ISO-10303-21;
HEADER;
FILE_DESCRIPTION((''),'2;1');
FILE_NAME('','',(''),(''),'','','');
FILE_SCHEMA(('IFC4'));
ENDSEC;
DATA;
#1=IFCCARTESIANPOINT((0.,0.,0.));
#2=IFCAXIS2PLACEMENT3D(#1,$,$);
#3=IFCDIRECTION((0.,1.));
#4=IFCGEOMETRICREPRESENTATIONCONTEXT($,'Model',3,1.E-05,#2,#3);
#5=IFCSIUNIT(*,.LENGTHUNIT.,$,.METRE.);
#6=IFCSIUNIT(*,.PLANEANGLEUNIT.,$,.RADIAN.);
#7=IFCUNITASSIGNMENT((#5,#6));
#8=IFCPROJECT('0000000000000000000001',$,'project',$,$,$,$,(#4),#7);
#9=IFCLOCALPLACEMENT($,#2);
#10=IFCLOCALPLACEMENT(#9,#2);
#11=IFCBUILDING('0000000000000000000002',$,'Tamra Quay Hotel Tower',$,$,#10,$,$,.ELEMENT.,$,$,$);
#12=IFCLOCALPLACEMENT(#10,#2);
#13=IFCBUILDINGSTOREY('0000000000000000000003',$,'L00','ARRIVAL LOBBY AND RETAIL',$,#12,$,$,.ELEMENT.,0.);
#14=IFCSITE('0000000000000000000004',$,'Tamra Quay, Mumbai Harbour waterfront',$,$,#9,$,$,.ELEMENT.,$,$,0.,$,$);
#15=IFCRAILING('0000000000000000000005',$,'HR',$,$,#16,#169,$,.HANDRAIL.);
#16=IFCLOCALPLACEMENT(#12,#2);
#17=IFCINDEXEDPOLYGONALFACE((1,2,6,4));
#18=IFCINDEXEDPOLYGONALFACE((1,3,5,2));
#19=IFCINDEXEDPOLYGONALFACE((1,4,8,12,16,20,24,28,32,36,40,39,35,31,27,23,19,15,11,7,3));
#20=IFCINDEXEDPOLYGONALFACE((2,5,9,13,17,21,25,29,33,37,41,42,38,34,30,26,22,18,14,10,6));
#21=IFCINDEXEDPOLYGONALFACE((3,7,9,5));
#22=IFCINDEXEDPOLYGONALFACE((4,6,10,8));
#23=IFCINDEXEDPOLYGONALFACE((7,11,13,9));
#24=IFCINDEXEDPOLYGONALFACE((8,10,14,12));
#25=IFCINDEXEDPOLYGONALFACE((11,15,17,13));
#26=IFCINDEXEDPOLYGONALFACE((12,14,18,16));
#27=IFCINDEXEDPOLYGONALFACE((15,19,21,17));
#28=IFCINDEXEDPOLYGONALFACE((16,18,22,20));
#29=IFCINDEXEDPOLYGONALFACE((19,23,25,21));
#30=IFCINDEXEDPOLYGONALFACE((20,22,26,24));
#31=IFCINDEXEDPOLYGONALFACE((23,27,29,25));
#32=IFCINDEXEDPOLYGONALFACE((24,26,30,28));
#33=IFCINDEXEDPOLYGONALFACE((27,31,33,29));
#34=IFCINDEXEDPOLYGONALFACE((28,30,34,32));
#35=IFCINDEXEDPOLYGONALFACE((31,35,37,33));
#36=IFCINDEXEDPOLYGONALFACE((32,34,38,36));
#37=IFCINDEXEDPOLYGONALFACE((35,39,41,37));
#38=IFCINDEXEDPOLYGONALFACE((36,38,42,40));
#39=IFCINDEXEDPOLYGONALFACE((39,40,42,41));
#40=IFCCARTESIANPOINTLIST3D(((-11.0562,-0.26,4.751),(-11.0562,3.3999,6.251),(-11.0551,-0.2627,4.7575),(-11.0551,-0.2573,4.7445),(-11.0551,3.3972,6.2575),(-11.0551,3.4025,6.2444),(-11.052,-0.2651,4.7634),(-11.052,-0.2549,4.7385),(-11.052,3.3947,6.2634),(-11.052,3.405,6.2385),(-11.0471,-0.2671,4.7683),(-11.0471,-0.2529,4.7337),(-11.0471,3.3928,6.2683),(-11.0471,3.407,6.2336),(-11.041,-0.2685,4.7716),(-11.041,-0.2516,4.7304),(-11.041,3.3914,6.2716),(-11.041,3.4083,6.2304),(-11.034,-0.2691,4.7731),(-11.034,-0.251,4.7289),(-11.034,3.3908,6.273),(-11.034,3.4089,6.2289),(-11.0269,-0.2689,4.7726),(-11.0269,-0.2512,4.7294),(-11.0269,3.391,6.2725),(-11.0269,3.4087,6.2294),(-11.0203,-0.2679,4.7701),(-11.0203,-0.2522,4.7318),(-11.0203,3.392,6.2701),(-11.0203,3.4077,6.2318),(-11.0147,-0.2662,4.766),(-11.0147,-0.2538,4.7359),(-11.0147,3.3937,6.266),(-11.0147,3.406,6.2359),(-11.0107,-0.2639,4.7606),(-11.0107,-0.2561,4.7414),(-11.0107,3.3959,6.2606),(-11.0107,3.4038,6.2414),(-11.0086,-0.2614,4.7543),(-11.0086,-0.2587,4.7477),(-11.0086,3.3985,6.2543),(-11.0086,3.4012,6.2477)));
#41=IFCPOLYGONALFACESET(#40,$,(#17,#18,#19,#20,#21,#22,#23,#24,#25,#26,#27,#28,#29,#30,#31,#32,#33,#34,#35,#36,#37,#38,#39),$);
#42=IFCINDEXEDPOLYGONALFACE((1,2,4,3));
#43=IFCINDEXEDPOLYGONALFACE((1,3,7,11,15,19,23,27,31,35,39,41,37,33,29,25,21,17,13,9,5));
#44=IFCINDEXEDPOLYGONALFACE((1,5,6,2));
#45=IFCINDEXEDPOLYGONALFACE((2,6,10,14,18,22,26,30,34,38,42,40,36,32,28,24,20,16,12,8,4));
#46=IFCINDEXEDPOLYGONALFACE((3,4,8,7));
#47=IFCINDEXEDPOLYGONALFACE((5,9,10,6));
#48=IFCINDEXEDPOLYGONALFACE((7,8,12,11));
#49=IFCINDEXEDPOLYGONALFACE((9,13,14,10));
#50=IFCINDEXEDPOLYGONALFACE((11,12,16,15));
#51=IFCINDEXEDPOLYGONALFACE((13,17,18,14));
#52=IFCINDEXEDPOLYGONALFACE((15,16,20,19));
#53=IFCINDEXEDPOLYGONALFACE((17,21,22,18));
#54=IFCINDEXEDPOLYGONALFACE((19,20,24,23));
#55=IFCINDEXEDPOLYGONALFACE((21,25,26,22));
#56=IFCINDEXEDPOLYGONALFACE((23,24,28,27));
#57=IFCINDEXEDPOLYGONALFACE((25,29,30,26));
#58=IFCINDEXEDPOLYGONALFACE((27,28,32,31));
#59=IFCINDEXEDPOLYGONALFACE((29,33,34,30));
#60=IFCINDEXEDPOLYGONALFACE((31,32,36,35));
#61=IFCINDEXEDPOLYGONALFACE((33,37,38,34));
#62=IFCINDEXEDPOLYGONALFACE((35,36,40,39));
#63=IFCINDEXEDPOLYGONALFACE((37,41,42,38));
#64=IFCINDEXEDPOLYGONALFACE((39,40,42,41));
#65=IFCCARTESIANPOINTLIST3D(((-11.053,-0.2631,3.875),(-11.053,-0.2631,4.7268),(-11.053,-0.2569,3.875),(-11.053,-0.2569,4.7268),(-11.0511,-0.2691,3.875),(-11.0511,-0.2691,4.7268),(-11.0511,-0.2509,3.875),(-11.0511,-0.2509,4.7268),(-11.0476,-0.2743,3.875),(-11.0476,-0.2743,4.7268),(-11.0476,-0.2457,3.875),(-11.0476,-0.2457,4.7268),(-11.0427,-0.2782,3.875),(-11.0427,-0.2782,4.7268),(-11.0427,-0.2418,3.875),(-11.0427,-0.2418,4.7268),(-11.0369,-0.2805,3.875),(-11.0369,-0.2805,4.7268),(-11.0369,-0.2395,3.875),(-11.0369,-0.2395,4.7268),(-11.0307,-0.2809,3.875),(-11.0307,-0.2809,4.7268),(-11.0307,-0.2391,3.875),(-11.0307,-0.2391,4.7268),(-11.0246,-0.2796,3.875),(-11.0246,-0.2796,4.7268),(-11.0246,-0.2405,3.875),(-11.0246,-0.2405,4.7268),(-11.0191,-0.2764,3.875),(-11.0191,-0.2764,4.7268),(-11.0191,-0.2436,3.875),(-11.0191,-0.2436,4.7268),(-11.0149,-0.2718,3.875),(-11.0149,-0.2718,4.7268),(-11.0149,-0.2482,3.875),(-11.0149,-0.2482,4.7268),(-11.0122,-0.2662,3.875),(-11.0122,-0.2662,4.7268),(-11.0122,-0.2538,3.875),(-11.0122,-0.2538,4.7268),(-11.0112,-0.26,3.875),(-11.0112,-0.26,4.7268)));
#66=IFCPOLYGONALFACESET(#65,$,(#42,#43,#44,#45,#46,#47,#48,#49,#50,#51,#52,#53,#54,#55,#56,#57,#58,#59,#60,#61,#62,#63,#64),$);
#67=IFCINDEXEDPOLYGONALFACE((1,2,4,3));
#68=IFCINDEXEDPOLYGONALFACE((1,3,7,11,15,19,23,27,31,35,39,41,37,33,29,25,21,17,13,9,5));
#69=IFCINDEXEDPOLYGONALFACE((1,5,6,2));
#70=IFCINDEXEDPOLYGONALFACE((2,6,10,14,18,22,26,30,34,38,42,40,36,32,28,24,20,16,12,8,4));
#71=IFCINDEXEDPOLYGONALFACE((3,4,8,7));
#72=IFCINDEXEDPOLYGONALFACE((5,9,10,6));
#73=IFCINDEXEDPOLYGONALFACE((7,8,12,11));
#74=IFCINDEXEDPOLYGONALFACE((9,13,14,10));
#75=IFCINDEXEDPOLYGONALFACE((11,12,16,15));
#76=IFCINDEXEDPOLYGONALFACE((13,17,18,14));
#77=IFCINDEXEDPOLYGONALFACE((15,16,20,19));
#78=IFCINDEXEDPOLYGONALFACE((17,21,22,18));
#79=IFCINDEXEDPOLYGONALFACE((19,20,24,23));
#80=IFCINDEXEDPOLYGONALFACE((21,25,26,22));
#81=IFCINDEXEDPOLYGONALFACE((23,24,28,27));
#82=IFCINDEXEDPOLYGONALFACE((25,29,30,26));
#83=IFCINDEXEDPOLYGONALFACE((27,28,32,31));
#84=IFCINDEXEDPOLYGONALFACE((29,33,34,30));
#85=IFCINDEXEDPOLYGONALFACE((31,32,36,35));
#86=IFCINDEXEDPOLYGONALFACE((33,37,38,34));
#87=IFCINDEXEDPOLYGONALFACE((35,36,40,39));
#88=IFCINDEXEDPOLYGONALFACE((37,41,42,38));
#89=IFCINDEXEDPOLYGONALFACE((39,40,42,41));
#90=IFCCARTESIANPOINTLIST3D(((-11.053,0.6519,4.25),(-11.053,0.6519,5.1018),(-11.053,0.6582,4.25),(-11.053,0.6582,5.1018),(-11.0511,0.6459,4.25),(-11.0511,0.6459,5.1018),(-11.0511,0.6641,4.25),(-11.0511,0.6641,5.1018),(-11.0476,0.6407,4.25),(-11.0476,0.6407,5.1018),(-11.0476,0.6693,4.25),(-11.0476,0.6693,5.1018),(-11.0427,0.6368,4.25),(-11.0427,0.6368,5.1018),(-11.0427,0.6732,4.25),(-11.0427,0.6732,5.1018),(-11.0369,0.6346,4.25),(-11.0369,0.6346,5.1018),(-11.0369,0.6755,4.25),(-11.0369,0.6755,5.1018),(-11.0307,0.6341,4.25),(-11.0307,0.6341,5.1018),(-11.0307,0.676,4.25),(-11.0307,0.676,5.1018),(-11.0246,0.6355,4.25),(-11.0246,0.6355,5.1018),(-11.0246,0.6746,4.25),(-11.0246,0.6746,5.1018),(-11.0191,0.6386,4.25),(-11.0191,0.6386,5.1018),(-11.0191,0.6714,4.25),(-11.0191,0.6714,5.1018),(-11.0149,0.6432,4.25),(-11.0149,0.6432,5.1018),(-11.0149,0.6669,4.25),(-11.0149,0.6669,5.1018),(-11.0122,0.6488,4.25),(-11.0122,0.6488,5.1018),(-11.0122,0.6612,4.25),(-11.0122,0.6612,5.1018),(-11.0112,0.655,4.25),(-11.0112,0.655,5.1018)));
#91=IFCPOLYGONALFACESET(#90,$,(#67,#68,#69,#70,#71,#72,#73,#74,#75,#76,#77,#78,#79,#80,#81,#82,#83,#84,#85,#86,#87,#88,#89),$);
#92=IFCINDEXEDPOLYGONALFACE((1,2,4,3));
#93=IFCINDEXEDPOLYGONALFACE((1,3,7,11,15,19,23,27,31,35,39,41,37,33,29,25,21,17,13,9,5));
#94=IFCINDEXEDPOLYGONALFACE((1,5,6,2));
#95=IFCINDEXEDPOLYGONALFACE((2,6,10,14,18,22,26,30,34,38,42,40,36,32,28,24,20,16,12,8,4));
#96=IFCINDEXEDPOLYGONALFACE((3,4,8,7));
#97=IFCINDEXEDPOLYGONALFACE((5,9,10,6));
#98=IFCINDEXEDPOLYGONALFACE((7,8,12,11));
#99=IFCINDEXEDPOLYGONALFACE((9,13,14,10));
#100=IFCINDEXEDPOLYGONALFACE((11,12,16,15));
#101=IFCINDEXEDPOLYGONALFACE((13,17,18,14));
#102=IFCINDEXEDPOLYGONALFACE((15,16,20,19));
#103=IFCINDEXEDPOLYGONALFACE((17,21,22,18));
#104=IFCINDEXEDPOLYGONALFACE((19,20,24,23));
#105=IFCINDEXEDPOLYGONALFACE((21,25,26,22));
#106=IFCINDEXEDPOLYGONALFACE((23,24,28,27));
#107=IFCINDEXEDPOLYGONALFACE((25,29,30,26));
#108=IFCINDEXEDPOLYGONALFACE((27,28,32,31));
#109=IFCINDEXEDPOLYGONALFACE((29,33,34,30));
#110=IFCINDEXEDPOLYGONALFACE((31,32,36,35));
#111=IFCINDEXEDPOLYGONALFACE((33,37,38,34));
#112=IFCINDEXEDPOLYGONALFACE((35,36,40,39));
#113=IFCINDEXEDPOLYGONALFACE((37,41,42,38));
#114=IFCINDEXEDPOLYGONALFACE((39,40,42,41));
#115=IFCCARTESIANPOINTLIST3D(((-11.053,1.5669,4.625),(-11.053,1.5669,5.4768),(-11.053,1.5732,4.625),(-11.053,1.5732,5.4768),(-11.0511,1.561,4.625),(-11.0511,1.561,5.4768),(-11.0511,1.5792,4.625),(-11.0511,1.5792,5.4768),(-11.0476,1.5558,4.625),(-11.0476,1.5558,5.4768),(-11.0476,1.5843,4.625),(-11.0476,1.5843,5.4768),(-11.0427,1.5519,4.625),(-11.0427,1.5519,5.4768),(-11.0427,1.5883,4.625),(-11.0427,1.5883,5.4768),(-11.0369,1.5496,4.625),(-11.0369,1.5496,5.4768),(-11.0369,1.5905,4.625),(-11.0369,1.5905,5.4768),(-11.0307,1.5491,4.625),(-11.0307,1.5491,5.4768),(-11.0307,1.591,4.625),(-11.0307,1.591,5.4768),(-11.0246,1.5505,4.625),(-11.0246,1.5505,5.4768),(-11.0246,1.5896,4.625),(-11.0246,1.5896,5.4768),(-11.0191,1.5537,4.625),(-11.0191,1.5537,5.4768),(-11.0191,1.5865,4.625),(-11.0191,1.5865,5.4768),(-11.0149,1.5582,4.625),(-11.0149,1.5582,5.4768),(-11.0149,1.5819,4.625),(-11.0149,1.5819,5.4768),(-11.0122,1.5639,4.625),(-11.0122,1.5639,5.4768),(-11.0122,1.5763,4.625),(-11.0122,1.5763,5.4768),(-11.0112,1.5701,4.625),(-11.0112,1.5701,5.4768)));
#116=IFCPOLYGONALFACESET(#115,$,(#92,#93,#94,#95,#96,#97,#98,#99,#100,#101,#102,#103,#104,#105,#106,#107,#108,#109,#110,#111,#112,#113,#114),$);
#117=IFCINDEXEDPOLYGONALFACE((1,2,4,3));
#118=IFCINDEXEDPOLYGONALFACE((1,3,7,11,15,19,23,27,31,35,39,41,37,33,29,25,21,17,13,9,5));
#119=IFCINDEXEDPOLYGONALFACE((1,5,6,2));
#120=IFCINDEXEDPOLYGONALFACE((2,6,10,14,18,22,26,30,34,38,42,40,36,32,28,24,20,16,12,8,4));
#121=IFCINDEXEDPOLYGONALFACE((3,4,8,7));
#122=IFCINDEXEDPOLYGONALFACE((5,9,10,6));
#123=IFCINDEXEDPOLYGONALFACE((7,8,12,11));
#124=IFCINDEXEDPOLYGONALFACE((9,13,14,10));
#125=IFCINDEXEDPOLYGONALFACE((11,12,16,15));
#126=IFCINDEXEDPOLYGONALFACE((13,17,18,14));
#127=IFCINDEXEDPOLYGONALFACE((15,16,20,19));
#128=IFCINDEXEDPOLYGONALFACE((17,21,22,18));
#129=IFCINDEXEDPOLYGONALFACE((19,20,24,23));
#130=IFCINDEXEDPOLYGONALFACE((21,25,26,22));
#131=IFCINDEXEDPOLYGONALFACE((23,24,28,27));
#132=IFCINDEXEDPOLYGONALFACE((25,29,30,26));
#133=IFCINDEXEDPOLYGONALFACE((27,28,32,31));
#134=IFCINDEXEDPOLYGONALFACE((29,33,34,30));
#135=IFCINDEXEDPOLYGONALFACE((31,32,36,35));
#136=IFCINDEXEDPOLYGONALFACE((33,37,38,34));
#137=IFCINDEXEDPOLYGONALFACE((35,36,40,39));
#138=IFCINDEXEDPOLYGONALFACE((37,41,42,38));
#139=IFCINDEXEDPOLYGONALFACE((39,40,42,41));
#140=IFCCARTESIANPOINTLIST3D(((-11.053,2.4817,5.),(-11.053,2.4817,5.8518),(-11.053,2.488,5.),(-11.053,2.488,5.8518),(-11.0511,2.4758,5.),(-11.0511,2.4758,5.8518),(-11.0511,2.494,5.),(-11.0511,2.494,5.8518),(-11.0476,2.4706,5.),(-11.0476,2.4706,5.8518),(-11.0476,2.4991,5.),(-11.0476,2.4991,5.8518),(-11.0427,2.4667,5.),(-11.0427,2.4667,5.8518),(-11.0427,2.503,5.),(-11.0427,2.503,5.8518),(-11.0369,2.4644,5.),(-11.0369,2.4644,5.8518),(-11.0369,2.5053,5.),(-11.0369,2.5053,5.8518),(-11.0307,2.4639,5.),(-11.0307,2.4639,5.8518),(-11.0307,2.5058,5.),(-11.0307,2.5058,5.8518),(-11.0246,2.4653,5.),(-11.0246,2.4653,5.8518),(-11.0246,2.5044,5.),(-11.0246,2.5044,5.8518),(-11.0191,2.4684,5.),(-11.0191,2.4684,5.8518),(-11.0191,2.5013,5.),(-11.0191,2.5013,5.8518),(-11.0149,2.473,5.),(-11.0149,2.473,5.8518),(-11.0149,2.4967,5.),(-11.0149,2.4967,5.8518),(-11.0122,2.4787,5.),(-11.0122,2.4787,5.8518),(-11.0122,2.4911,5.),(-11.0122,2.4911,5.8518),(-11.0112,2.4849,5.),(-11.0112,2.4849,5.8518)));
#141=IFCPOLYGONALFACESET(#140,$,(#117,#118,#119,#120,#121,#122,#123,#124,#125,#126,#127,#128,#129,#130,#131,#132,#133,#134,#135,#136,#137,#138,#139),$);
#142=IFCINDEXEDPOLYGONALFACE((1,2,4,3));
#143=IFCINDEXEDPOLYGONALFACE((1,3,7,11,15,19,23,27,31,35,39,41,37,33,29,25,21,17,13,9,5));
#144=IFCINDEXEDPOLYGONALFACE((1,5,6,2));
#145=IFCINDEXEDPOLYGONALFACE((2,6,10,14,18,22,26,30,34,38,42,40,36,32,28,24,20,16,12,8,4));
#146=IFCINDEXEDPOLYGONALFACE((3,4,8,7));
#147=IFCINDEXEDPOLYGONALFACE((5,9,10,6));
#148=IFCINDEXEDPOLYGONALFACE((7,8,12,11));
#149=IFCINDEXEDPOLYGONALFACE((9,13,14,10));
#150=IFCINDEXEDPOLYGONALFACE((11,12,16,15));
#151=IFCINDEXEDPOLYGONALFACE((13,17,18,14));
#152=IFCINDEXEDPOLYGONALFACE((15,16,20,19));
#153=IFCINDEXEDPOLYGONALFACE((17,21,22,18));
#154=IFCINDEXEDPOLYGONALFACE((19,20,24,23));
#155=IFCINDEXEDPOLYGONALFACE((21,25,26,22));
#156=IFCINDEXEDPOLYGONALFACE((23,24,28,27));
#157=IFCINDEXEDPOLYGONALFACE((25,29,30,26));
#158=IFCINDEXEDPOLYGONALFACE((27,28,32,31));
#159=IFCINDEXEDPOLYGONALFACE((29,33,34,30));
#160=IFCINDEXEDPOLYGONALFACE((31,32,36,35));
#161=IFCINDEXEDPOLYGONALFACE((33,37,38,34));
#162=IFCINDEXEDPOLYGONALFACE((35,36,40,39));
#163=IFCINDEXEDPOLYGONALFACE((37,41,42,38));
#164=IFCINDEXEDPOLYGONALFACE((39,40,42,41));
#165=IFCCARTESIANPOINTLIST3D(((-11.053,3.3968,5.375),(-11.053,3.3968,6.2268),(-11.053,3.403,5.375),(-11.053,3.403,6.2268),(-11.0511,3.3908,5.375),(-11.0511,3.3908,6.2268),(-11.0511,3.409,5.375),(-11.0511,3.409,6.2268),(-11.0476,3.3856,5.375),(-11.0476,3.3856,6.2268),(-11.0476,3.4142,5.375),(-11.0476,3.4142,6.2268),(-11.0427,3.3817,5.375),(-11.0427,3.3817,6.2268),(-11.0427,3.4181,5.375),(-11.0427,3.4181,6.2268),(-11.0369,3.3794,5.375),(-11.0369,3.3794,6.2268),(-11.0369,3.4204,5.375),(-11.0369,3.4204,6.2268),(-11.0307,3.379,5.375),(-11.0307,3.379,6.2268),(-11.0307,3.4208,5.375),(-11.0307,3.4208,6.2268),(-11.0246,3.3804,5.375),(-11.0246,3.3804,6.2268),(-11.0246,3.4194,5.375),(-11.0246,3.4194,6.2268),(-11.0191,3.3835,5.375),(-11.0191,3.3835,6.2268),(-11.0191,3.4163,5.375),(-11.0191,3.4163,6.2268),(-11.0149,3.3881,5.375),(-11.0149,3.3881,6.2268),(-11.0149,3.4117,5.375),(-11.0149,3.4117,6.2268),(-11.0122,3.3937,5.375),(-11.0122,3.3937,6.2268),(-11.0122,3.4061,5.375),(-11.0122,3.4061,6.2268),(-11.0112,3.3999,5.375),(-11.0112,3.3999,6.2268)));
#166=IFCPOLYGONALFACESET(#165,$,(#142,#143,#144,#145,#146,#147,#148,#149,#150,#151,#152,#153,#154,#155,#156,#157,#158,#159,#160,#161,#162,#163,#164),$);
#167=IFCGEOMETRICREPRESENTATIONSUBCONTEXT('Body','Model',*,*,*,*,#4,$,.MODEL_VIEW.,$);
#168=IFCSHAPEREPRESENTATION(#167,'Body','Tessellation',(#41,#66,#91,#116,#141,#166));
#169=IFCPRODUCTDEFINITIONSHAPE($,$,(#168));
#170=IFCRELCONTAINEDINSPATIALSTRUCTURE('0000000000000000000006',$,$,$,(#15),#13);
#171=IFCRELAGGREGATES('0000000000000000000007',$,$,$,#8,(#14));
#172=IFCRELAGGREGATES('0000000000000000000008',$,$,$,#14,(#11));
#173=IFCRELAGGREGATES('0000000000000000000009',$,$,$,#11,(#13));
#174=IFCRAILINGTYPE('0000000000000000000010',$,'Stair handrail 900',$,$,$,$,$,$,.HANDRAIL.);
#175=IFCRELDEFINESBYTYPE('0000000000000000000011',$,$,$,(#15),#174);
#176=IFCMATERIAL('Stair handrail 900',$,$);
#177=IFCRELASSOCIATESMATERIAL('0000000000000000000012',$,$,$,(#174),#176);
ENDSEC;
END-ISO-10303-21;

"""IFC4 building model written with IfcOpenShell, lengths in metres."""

from ifc_helpers import new_model, si_unit, direction, frame, origin, origin_2d, place, context, subcontext, project, spatial, circle, extrude, material, type_object, element, save


model = new_model("IFC4")

# Units and contexts
model_context = context("Model", 3, precision=1e-05, world=origin(), true_north=direction((0.0, 1.0)))
body_context = subcontext(model_context, "Body", "Model", "MODEL_VIEW")
ifc_project = project(units=[si_unit("LENGTHUNIT", "METRE"), si_unit("PLANEANGLEUNIT", "RADIAN")], contexts=[model_context])

# Site, building, storey
site_placement = place(None, origin())
site = spatial("IfcSite", under=ifc_project, at=site_placement, Name="Tamra Quay, Mumbai Harbour waterfront", CompositionType="ELEMENT", RefElevation=0.0)
building_placement = place(site_placement, origin())
building = spatial("IfcBuilding", under=site, at=building_placement, Name="Tamra Quay Hotel Tower", CompositionType="ELEMENT")
storey_placement = place(building_placement, origin())
storey = spatial("IfcBuildingStorey", under=building, at=storey_placement, Name="L00", Description="ARRIVAL LOBBY AND RETAIL", CompositionType="ELEMENT", Elevation=0.0)

# Railing
ifc_material_1 = material(Name="Stair handrail 900")
railing_type = type_object("IfcRailingType", Name="Stair handrail 900", PredefinedType="HANDRAIL", material=ifc_material_1)
railing_1_placement = place(storey_placement, frame((-11.0322, -0.26, 3.875)))
element("IfcRailing", 1, at=railing_1_placement, inside=storey, type_object=railing_type, Name="HR", PredefinedType="HANDRAIL", context=body_context, shape_type="SweptSolid", body=[
    extrude(circle(Radius=0.0239, at=origin_2d()), frame((0.0, 0.0, 0.876), z_axis=(0.0, 0.925302, 0.379231), x_axis=(-1.0, 0.0, 0.0)), (0.0, 0.0, 1.0), 3.9553),
    extrude(circle(Radius=0.021, at=origin_2d()), origin(), (0.0, 0.0, 1.0), 0.8518),
    extrude(circle(Radius=0.021, at=origin_2d()), frame((0.0, 0.915, 0.375)), (0.0, 0.0, 1.0), 0.8518),
    extrude(circle(Radius=0.021, at=origin_2d()), frame((0.0, 1.8301, 0.75)), (0.0, 0.0, 1.0), 0.8518),
    extrude(circle(Radius=0.021, at=origin_2d()), frame((0.0, 2.7449, 1.125)), (0.0, 0.0, 1.0), 0.8518),
    extrude(circle(Radius=0.021, at=origin_2d()), frame((0.0, 3.6599, 1.5)), (0.0, 0.0, 1.0), 0.8518),
])

save(model, "model.ifc")
